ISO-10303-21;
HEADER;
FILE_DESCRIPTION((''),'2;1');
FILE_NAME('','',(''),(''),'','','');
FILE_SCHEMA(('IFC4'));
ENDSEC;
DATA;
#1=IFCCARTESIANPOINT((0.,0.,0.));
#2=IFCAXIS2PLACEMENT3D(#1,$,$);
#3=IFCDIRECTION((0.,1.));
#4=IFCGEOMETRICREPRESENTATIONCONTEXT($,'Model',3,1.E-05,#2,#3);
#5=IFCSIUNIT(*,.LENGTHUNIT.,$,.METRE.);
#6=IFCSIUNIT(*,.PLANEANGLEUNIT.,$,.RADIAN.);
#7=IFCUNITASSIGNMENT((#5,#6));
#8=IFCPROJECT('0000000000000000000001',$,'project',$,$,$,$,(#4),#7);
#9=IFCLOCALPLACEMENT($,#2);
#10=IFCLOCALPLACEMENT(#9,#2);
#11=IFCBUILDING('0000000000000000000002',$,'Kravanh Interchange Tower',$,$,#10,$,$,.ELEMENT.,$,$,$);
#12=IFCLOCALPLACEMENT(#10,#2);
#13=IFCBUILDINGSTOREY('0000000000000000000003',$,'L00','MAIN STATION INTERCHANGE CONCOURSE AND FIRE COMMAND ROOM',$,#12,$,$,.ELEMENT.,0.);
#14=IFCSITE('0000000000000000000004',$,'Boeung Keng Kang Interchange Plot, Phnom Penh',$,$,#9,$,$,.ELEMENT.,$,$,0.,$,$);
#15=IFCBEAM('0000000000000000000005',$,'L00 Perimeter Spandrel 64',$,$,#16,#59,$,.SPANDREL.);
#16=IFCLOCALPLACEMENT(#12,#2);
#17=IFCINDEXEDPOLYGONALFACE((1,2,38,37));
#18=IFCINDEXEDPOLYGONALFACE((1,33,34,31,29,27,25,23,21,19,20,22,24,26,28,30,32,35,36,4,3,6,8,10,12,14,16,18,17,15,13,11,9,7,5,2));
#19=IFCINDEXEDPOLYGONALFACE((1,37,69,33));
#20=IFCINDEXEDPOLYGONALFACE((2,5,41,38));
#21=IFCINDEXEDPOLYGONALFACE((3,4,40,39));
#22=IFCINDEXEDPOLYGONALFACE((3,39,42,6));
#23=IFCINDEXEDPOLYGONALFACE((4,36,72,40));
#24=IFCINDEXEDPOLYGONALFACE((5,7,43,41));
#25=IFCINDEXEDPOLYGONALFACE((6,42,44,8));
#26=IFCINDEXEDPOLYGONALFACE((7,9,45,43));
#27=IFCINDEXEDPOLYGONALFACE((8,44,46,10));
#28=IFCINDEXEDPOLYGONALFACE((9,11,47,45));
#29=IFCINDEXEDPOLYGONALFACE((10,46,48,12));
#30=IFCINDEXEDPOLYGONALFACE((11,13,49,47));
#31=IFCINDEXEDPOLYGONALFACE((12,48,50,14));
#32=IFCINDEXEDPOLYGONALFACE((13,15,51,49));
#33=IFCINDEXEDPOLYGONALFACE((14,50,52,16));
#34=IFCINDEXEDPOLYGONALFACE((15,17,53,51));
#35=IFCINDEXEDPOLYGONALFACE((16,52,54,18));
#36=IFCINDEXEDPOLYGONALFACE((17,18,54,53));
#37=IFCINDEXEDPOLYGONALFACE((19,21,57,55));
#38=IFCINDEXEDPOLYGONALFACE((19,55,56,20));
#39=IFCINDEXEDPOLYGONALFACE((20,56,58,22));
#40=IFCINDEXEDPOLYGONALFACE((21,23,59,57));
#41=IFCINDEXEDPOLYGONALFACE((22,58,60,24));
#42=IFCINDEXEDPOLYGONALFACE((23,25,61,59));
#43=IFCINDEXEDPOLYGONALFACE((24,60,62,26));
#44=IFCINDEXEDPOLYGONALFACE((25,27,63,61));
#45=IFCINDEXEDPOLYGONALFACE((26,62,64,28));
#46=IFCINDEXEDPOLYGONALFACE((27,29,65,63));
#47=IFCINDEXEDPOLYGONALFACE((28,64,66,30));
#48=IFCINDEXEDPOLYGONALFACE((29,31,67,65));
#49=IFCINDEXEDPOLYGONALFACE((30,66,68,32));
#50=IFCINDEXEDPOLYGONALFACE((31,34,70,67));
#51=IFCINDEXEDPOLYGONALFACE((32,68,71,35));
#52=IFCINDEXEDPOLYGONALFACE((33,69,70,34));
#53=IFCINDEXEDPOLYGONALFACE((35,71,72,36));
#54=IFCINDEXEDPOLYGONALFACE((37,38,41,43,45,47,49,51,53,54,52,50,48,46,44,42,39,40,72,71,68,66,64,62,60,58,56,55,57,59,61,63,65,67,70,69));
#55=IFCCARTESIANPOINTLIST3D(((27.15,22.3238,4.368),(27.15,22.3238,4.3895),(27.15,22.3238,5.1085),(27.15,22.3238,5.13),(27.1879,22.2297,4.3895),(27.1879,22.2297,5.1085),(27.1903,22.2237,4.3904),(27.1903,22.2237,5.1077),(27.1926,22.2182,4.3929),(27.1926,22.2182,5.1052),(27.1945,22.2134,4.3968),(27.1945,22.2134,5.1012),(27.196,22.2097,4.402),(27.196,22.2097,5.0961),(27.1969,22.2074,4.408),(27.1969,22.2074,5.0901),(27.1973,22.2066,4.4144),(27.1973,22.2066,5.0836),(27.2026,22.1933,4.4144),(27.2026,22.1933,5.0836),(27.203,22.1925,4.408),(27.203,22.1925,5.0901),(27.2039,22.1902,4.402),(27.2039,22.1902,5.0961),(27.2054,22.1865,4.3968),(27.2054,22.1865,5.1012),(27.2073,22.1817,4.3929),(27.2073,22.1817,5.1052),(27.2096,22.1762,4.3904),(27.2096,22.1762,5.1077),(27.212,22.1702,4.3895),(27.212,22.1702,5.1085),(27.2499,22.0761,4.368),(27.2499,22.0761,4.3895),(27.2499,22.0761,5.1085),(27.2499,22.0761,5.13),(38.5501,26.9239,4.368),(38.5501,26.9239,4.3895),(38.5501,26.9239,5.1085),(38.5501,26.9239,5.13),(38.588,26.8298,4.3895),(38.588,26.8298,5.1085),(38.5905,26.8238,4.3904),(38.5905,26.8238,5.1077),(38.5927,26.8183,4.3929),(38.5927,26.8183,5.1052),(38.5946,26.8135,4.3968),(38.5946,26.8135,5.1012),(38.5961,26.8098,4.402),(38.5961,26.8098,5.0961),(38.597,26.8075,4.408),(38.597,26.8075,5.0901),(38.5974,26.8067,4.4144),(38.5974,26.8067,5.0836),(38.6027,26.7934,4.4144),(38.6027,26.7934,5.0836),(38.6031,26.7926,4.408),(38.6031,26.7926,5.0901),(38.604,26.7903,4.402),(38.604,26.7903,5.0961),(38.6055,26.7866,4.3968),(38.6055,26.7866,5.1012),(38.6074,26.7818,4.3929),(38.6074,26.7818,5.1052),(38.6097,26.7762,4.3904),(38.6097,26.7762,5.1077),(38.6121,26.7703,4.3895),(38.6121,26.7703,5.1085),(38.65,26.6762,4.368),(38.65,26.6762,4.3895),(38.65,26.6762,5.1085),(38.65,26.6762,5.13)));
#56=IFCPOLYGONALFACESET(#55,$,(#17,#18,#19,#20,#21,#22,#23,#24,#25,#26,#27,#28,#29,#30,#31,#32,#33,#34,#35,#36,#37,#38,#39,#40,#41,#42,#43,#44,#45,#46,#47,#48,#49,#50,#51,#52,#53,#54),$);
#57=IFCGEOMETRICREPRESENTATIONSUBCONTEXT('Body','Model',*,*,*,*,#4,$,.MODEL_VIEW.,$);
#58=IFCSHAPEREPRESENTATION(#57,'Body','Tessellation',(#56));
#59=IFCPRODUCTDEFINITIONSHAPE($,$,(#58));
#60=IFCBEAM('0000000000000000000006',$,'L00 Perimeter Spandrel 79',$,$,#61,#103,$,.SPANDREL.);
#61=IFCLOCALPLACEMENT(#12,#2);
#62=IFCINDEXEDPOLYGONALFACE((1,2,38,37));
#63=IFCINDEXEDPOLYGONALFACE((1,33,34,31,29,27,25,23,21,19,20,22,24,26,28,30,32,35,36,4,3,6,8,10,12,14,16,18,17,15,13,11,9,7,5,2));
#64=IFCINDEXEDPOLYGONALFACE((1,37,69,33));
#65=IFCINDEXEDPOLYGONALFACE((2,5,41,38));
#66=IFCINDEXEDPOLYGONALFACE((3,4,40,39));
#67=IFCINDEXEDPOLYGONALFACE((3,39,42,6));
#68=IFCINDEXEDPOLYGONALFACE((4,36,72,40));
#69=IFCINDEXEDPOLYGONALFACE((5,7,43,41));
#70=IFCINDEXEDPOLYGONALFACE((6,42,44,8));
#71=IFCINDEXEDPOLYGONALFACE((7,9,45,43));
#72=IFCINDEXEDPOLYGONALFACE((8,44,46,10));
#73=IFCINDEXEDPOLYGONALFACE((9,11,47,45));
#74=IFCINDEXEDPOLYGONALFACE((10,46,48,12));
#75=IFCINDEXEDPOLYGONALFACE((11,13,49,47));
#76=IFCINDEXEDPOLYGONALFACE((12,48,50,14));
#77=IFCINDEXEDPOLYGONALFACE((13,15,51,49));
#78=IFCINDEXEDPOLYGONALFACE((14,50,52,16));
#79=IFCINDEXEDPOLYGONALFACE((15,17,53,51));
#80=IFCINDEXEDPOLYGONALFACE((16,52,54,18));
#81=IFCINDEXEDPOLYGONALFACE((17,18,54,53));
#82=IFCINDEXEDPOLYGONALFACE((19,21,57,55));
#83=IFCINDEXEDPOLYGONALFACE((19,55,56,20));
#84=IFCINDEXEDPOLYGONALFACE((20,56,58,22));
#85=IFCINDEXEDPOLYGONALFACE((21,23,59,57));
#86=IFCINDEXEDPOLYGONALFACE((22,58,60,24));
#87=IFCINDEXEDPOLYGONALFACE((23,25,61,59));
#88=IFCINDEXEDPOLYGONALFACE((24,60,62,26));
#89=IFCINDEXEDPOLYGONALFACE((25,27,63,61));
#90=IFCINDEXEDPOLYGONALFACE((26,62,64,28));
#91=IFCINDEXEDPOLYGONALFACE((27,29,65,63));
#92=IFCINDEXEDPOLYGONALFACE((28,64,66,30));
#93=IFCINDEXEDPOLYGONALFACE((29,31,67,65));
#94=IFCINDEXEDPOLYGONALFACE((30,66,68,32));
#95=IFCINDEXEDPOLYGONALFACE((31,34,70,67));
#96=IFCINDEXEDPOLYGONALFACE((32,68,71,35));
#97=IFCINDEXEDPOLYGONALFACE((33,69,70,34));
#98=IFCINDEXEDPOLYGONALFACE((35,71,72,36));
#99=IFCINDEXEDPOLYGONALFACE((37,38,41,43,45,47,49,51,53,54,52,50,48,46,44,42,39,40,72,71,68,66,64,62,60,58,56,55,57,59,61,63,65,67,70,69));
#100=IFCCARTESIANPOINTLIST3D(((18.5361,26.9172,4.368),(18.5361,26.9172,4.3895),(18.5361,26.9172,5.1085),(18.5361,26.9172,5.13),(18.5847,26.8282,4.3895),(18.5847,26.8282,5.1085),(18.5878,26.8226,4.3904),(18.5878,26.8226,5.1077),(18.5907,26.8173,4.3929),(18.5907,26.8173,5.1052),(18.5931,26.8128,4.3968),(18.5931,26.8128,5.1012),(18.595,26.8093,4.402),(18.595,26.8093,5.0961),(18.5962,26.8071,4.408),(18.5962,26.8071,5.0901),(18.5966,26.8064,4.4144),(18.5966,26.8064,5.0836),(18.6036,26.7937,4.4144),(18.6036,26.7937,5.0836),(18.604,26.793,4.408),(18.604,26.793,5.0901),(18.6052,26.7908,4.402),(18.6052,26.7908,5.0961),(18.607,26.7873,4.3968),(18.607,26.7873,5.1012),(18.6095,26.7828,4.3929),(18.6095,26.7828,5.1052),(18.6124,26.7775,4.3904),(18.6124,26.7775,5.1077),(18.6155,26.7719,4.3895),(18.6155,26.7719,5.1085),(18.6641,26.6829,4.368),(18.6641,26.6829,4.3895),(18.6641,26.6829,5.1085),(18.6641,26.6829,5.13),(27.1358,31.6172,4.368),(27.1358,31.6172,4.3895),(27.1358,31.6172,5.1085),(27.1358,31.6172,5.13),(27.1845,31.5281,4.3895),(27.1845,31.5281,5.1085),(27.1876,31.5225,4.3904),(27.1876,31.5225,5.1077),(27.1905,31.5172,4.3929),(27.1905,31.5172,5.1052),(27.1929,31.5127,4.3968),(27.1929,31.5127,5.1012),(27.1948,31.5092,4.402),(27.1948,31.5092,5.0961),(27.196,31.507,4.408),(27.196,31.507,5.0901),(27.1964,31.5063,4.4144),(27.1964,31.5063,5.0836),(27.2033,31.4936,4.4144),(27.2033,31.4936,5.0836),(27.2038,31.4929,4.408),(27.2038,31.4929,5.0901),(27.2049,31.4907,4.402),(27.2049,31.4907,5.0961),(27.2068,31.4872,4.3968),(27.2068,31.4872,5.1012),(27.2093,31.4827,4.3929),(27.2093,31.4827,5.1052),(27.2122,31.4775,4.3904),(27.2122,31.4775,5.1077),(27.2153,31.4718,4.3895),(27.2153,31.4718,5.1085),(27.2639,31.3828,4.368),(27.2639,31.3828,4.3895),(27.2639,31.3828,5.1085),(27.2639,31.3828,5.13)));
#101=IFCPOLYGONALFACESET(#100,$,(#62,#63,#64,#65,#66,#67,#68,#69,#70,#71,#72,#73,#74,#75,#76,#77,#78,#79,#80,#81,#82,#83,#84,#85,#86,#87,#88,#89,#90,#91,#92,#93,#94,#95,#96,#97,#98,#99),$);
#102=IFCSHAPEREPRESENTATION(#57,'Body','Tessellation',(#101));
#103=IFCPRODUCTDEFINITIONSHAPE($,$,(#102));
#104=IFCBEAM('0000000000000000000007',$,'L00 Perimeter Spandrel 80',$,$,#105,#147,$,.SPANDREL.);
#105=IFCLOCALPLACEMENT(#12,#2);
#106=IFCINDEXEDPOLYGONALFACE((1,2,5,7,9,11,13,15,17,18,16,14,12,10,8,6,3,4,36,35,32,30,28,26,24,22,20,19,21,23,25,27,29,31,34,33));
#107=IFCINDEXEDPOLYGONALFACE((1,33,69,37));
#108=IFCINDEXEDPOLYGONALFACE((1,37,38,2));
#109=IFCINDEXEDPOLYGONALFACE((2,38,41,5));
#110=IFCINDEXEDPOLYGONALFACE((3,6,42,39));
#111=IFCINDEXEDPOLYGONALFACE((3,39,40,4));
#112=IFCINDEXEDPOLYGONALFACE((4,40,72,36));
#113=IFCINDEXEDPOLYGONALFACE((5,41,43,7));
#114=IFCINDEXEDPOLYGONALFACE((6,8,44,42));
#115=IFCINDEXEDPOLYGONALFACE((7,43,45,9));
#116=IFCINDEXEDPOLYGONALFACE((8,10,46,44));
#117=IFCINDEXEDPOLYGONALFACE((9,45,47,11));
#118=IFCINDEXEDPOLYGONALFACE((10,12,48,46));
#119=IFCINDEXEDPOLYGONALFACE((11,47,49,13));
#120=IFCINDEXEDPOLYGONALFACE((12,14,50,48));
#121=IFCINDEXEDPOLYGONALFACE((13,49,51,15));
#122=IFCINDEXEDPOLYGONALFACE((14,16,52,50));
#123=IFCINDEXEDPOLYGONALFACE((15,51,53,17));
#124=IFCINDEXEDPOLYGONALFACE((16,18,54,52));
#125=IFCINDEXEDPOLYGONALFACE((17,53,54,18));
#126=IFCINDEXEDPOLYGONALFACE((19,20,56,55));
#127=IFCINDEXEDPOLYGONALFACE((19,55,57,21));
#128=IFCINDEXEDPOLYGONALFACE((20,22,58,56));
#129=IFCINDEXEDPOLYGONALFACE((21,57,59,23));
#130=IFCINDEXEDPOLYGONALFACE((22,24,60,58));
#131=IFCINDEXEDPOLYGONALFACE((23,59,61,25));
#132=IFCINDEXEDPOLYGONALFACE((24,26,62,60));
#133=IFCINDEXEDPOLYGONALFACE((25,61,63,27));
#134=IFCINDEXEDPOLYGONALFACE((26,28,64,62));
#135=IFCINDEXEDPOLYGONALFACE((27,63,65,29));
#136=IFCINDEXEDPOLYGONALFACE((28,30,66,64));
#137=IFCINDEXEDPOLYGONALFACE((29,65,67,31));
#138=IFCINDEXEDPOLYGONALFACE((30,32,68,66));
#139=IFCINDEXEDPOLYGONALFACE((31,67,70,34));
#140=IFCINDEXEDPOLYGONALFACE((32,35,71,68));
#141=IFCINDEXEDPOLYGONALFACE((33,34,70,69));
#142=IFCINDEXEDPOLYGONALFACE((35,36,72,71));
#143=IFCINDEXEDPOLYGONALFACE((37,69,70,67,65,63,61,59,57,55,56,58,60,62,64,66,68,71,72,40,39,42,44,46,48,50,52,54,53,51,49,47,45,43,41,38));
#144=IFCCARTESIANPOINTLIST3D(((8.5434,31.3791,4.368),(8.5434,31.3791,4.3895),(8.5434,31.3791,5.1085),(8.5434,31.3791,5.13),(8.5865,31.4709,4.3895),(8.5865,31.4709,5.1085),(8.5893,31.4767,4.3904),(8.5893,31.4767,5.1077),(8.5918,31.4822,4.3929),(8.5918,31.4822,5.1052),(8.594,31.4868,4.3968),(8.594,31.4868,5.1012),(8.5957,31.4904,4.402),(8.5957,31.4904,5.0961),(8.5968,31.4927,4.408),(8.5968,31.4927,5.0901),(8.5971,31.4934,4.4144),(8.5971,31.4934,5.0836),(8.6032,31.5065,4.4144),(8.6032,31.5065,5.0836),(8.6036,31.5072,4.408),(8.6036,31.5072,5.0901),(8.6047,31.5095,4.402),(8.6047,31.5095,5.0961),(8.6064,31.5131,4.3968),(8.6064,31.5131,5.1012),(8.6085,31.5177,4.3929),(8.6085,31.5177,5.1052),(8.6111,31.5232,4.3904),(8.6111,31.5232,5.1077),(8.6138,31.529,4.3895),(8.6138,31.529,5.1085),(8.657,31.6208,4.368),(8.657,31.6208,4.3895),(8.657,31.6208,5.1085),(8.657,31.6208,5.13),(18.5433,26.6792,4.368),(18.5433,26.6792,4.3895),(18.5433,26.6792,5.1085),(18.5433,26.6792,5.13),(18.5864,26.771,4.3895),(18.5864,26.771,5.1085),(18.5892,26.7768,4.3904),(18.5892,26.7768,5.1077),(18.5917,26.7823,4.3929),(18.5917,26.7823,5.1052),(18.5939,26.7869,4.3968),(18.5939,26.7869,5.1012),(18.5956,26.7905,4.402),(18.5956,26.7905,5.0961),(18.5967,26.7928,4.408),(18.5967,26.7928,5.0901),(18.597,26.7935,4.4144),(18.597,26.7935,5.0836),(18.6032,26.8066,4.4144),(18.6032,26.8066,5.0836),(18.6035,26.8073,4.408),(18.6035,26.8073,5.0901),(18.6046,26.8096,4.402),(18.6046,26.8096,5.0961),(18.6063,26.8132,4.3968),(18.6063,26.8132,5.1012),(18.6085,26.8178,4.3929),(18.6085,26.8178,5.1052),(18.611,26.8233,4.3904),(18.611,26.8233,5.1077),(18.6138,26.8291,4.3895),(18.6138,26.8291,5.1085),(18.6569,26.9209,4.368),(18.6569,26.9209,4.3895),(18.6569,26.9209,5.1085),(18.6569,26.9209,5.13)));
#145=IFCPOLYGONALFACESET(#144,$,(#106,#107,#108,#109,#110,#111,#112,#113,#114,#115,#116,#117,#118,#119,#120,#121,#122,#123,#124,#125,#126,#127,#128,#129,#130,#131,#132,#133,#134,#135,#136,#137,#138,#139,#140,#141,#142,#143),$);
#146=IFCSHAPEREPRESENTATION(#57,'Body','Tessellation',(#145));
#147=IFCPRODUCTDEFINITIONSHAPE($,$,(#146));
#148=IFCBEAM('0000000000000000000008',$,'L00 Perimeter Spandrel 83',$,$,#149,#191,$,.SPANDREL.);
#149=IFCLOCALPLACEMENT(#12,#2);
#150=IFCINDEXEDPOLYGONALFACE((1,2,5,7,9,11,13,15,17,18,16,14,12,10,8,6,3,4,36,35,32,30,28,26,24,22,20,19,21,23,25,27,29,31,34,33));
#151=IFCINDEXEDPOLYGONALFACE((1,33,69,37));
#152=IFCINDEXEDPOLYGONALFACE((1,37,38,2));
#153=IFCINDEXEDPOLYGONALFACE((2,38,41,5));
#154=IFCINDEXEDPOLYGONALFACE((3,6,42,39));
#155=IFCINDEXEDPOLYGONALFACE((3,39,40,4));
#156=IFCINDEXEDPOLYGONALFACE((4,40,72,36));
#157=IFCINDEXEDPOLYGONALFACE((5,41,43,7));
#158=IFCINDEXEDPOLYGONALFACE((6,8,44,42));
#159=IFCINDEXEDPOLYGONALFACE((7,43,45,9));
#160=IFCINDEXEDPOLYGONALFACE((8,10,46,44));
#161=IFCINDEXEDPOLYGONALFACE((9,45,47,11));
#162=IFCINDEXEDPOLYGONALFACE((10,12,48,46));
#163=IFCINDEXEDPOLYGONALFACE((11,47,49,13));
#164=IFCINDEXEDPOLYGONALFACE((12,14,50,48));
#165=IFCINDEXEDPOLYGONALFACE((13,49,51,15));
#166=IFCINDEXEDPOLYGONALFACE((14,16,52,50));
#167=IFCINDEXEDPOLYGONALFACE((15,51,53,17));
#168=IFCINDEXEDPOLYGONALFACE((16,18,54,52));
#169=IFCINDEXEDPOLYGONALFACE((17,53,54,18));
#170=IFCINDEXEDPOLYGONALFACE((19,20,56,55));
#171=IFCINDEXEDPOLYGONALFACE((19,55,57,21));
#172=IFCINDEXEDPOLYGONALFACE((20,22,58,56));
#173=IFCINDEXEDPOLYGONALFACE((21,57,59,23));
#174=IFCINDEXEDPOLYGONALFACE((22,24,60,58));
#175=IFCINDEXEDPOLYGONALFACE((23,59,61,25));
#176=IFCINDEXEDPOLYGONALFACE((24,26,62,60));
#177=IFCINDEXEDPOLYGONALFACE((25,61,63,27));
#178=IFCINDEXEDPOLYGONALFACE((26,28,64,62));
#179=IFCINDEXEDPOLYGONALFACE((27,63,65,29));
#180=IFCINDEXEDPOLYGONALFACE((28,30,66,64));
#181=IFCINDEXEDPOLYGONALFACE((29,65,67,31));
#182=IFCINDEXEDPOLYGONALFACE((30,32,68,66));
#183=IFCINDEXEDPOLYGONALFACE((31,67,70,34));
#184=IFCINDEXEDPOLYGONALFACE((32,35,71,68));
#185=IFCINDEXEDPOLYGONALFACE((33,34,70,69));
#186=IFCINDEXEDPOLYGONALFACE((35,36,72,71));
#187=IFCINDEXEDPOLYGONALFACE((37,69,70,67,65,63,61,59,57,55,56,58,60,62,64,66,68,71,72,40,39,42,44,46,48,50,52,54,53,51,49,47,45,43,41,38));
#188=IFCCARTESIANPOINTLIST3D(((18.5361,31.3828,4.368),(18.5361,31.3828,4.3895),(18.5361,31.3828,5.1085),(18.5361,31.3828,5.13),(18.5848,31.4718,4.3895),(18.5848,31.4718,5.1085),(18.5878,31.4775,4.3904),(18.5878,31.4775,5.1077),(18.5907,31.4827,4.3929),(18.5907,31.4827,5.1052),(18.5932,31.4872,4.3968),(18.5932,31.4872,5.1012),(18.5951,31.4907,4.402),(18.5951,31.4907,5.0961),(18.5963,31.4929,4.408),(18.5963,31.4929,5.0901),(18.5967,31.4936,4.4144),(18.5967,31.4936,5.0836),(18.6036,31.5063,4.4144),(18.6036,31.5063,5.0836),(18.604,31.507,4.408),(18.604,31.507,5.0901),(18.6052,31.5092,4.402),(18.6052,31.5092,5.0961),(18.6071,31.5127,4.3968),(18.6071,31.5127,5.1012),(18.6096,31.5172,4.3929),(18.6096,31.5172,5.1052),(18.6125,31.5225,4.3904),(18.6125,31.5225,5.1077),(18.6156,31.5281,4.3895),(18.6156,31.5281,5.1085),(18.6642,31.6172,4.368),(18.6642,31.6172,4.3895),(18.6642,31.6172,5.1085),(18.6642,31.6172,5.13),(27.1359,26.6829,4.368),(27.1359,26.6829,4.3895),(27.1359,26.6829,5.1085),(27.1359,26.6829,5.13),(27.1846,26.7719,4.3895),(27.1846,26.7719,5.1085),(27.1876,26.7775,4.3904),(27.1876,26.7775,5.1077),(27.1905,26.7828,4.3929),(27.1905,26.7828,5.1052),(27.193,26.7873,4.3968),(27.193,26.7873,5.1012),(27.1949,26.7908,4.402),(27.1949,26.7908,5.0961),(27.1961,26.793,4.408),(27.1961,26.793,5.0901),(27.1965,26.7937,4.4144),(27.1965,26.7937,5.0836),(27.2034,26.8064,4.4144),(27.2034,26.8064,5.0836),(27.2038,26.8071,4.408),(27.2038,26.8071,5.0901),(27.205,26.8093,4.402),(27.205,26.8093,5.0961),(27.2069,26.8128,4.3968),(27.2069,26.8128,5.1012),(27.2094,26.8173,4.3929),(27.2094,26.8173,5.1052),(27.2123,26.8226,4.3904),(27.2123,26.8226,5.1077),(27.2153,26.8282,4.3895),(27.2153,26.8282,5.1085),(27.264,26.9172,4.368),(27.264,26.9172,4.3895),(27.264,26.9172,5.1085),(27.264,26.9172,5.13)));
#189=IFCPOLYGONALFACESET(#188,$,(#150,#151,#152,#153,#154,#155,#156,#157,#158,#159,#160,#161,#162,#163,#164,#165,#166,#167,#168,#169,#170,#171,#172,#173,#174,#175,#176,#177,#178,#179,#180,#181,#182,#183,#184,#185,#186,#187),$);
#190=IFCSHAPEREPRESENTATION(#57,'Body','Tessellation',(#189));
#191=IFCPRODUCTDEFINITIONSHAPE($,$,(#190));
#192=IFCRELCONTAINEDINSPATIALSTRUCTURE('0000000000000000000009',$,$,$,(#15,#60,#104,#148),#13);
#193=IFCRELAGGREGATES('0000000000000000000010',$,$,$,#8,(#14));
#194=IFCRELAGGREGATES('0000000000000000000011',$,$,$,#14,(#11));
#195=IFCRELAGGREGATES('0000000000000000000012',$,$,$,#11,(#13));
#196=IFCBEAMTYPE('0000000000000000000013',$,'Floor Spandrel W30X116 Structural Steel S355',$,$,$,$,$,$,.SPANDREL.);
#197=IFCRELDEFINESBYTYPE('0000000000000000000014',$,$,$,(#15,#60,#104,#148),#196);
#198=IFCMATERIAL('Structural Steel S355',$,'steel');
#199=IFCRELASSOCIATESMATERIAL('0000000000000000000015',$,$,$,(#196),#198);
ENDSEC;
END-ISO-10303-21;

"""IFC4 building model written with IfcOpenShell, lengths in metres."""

from ifc_helpers import new_model, si_unit, direction, frame, origin, origin_2d, place, context, subcontext, project, spatial, i_section, extrude, material, material_profile, profile_set, type_object, element, save


model = new_model("IFC4")

# Units and contexts
model_context = context("Model", 3, precision=1e-05, world=origin(), true_north=direction((0.0, 1.0)))
body_context = subcontext(model_context, "Body", "Model", "MODEL_VIEW")
ifc_project = project(units=[si_unit("LENGTHUNIT", "METRE"), si_unit("PLANEANGLEUNIT", "RADIAN")], contexts=[model_context])

# Site, building, storey
site_placement = place(None, origin())
site = spatial("IfcSite", under=ifc_project, at=site_placement, Name="Boeung Keng Kang Interchange Plot, Phnom Penh", CompositionType="ELEMENT", RefElevation=0.0)
building_placement = place(site_placement, origin())
building = spatial("IfcBuilding", under=site, at=building_placement, Name="Kravanh Interchange Tower", CompositionType="ELEMENT")
storey_placement = place(building_placement, origin())
storey = spatial("IfcBuildingStorey", under=building, at=storey_placement, Name="L00", Description="MAIN STATION INTERCHANGE CONCOURSE AND FIRE COMMAND ROOM", CompositionType="ELEMENT", Elevation=0.0)

# Beams
ifc_material_1 = material(Name="Structural Steel S355", Category="steel")
ifc_material_profile_1 = material_profile(ifc_material_1, i_section(OverallWidth=0.2671, OverallDepth=0.762, WebThickness=0.0144, FlangeThickness=0.0215, FilletRadius=0.0249, at=origin_2d()), Name="W30X116")
ifc_profile_set_1 = profile_set([ifc_material_profile_1], Name="Structural Steel S355")
beam_type_1 = type_object("IfcBeamType", Name="Floor Spandrel W30X116 Structural Steel S355", PredefinedType="SPANDREL", material=ifc_profile_set_1)
beam_1_placement = place(storey_placement, frame((27.2, 22.2, 4.749), z_axis=(0.927349, 0.374197, 0.0), x_axis=(-0.374197, 0.927349, 0.0)))
element("IfcBeam", 1, at=beam_1_placement, inside=storey, type_object=beam_type_1, Name="L00 Perimeter Spandrel 64", PredefinedType="SPANDREL", context=body_context, shape_type="SweptSolid", body=[
    extrude(i_section(OverallWidth=0.2671, OverallDepth=0.762, WebThickness=0.0144, FlangeThickness=0.0215, FilletRadius=0.0249, at=origin_2d()), origin(), (0.0, 0.0, 1.0), 12.2932),
])
beam_2_placement = place(storey_placement, frame((18.6001, 26.8, 4.749), z_axis=(0.877504, 0.479569, 0.0), x_axis=(-0.479569, 0.877504, 0.0)))
element("IfcBeam", 2, at=beam_2_placement, inside=storey, type_object=beam_type_1, Name="L00 Perimeter Spandrel 79", PredefinedType="SPANDREL", context=body_context, shape_type="SweptSolid", body=[
    extrude(i_section(OverallWidth=0.2671, OverallDepth=0.762, WebThickness=0.0144, FlangeThickness=0.0215, FilletRadius=0.0249, at=origin_2d()), origin(), (0.0, 0.0, 1.0), 9.8003),
])
beam_3_placement = place(storey_placement, frame((18.6001, 26.8, 4.749), z_axis=(-0.905025, 0.425358, 0.0), x_axis=(-0.425358, -0.905025, 0.0)))
element("IfcBeam", 3, at=beam_3_placement, inside=storey, type_object=beam_type_1, Name="L00 Perimeter Spandrel 80", PredefinedType="SPANDREL", context=body_context, shape_type="SweptSolid", body=[
    extrude(i_section(OverallWidth=0.2671, OverallDepth=0.762, WebThickness=0.0144, FlangeThickness=0.0215, FilletRadius=0.0249, at=origin_2d()), origin(), (0.0, 0.0, 1.0), 11.0493),
])
beam_4_placement = place(storey_placement, frame((27.2, 26.8, 4.749), z_axis=(-0.877504, 0.479569, 0.0), x_axis=(-0.479569, -0.877504, 0.0)))
element("IfcBeam", 4, at=beam_4_placement, inside=storey, type_object=beam_type_1, Name="L00 Perimeter Spandrel 83", PredefinedType="SPANDREL", context=body_context, shape_type="SweptSolid", body=[
    extrude(i_section(OverallWidth=0.2671, OverallDepth=0.762, WebThickness=0.0144, FlangeThickness=0.0215, FilletRadius=0.0249, at=origin_2d()), origin(), (0.0, 0.0, 1.0), 9.8003),
])

save(model, "model.ifc")
